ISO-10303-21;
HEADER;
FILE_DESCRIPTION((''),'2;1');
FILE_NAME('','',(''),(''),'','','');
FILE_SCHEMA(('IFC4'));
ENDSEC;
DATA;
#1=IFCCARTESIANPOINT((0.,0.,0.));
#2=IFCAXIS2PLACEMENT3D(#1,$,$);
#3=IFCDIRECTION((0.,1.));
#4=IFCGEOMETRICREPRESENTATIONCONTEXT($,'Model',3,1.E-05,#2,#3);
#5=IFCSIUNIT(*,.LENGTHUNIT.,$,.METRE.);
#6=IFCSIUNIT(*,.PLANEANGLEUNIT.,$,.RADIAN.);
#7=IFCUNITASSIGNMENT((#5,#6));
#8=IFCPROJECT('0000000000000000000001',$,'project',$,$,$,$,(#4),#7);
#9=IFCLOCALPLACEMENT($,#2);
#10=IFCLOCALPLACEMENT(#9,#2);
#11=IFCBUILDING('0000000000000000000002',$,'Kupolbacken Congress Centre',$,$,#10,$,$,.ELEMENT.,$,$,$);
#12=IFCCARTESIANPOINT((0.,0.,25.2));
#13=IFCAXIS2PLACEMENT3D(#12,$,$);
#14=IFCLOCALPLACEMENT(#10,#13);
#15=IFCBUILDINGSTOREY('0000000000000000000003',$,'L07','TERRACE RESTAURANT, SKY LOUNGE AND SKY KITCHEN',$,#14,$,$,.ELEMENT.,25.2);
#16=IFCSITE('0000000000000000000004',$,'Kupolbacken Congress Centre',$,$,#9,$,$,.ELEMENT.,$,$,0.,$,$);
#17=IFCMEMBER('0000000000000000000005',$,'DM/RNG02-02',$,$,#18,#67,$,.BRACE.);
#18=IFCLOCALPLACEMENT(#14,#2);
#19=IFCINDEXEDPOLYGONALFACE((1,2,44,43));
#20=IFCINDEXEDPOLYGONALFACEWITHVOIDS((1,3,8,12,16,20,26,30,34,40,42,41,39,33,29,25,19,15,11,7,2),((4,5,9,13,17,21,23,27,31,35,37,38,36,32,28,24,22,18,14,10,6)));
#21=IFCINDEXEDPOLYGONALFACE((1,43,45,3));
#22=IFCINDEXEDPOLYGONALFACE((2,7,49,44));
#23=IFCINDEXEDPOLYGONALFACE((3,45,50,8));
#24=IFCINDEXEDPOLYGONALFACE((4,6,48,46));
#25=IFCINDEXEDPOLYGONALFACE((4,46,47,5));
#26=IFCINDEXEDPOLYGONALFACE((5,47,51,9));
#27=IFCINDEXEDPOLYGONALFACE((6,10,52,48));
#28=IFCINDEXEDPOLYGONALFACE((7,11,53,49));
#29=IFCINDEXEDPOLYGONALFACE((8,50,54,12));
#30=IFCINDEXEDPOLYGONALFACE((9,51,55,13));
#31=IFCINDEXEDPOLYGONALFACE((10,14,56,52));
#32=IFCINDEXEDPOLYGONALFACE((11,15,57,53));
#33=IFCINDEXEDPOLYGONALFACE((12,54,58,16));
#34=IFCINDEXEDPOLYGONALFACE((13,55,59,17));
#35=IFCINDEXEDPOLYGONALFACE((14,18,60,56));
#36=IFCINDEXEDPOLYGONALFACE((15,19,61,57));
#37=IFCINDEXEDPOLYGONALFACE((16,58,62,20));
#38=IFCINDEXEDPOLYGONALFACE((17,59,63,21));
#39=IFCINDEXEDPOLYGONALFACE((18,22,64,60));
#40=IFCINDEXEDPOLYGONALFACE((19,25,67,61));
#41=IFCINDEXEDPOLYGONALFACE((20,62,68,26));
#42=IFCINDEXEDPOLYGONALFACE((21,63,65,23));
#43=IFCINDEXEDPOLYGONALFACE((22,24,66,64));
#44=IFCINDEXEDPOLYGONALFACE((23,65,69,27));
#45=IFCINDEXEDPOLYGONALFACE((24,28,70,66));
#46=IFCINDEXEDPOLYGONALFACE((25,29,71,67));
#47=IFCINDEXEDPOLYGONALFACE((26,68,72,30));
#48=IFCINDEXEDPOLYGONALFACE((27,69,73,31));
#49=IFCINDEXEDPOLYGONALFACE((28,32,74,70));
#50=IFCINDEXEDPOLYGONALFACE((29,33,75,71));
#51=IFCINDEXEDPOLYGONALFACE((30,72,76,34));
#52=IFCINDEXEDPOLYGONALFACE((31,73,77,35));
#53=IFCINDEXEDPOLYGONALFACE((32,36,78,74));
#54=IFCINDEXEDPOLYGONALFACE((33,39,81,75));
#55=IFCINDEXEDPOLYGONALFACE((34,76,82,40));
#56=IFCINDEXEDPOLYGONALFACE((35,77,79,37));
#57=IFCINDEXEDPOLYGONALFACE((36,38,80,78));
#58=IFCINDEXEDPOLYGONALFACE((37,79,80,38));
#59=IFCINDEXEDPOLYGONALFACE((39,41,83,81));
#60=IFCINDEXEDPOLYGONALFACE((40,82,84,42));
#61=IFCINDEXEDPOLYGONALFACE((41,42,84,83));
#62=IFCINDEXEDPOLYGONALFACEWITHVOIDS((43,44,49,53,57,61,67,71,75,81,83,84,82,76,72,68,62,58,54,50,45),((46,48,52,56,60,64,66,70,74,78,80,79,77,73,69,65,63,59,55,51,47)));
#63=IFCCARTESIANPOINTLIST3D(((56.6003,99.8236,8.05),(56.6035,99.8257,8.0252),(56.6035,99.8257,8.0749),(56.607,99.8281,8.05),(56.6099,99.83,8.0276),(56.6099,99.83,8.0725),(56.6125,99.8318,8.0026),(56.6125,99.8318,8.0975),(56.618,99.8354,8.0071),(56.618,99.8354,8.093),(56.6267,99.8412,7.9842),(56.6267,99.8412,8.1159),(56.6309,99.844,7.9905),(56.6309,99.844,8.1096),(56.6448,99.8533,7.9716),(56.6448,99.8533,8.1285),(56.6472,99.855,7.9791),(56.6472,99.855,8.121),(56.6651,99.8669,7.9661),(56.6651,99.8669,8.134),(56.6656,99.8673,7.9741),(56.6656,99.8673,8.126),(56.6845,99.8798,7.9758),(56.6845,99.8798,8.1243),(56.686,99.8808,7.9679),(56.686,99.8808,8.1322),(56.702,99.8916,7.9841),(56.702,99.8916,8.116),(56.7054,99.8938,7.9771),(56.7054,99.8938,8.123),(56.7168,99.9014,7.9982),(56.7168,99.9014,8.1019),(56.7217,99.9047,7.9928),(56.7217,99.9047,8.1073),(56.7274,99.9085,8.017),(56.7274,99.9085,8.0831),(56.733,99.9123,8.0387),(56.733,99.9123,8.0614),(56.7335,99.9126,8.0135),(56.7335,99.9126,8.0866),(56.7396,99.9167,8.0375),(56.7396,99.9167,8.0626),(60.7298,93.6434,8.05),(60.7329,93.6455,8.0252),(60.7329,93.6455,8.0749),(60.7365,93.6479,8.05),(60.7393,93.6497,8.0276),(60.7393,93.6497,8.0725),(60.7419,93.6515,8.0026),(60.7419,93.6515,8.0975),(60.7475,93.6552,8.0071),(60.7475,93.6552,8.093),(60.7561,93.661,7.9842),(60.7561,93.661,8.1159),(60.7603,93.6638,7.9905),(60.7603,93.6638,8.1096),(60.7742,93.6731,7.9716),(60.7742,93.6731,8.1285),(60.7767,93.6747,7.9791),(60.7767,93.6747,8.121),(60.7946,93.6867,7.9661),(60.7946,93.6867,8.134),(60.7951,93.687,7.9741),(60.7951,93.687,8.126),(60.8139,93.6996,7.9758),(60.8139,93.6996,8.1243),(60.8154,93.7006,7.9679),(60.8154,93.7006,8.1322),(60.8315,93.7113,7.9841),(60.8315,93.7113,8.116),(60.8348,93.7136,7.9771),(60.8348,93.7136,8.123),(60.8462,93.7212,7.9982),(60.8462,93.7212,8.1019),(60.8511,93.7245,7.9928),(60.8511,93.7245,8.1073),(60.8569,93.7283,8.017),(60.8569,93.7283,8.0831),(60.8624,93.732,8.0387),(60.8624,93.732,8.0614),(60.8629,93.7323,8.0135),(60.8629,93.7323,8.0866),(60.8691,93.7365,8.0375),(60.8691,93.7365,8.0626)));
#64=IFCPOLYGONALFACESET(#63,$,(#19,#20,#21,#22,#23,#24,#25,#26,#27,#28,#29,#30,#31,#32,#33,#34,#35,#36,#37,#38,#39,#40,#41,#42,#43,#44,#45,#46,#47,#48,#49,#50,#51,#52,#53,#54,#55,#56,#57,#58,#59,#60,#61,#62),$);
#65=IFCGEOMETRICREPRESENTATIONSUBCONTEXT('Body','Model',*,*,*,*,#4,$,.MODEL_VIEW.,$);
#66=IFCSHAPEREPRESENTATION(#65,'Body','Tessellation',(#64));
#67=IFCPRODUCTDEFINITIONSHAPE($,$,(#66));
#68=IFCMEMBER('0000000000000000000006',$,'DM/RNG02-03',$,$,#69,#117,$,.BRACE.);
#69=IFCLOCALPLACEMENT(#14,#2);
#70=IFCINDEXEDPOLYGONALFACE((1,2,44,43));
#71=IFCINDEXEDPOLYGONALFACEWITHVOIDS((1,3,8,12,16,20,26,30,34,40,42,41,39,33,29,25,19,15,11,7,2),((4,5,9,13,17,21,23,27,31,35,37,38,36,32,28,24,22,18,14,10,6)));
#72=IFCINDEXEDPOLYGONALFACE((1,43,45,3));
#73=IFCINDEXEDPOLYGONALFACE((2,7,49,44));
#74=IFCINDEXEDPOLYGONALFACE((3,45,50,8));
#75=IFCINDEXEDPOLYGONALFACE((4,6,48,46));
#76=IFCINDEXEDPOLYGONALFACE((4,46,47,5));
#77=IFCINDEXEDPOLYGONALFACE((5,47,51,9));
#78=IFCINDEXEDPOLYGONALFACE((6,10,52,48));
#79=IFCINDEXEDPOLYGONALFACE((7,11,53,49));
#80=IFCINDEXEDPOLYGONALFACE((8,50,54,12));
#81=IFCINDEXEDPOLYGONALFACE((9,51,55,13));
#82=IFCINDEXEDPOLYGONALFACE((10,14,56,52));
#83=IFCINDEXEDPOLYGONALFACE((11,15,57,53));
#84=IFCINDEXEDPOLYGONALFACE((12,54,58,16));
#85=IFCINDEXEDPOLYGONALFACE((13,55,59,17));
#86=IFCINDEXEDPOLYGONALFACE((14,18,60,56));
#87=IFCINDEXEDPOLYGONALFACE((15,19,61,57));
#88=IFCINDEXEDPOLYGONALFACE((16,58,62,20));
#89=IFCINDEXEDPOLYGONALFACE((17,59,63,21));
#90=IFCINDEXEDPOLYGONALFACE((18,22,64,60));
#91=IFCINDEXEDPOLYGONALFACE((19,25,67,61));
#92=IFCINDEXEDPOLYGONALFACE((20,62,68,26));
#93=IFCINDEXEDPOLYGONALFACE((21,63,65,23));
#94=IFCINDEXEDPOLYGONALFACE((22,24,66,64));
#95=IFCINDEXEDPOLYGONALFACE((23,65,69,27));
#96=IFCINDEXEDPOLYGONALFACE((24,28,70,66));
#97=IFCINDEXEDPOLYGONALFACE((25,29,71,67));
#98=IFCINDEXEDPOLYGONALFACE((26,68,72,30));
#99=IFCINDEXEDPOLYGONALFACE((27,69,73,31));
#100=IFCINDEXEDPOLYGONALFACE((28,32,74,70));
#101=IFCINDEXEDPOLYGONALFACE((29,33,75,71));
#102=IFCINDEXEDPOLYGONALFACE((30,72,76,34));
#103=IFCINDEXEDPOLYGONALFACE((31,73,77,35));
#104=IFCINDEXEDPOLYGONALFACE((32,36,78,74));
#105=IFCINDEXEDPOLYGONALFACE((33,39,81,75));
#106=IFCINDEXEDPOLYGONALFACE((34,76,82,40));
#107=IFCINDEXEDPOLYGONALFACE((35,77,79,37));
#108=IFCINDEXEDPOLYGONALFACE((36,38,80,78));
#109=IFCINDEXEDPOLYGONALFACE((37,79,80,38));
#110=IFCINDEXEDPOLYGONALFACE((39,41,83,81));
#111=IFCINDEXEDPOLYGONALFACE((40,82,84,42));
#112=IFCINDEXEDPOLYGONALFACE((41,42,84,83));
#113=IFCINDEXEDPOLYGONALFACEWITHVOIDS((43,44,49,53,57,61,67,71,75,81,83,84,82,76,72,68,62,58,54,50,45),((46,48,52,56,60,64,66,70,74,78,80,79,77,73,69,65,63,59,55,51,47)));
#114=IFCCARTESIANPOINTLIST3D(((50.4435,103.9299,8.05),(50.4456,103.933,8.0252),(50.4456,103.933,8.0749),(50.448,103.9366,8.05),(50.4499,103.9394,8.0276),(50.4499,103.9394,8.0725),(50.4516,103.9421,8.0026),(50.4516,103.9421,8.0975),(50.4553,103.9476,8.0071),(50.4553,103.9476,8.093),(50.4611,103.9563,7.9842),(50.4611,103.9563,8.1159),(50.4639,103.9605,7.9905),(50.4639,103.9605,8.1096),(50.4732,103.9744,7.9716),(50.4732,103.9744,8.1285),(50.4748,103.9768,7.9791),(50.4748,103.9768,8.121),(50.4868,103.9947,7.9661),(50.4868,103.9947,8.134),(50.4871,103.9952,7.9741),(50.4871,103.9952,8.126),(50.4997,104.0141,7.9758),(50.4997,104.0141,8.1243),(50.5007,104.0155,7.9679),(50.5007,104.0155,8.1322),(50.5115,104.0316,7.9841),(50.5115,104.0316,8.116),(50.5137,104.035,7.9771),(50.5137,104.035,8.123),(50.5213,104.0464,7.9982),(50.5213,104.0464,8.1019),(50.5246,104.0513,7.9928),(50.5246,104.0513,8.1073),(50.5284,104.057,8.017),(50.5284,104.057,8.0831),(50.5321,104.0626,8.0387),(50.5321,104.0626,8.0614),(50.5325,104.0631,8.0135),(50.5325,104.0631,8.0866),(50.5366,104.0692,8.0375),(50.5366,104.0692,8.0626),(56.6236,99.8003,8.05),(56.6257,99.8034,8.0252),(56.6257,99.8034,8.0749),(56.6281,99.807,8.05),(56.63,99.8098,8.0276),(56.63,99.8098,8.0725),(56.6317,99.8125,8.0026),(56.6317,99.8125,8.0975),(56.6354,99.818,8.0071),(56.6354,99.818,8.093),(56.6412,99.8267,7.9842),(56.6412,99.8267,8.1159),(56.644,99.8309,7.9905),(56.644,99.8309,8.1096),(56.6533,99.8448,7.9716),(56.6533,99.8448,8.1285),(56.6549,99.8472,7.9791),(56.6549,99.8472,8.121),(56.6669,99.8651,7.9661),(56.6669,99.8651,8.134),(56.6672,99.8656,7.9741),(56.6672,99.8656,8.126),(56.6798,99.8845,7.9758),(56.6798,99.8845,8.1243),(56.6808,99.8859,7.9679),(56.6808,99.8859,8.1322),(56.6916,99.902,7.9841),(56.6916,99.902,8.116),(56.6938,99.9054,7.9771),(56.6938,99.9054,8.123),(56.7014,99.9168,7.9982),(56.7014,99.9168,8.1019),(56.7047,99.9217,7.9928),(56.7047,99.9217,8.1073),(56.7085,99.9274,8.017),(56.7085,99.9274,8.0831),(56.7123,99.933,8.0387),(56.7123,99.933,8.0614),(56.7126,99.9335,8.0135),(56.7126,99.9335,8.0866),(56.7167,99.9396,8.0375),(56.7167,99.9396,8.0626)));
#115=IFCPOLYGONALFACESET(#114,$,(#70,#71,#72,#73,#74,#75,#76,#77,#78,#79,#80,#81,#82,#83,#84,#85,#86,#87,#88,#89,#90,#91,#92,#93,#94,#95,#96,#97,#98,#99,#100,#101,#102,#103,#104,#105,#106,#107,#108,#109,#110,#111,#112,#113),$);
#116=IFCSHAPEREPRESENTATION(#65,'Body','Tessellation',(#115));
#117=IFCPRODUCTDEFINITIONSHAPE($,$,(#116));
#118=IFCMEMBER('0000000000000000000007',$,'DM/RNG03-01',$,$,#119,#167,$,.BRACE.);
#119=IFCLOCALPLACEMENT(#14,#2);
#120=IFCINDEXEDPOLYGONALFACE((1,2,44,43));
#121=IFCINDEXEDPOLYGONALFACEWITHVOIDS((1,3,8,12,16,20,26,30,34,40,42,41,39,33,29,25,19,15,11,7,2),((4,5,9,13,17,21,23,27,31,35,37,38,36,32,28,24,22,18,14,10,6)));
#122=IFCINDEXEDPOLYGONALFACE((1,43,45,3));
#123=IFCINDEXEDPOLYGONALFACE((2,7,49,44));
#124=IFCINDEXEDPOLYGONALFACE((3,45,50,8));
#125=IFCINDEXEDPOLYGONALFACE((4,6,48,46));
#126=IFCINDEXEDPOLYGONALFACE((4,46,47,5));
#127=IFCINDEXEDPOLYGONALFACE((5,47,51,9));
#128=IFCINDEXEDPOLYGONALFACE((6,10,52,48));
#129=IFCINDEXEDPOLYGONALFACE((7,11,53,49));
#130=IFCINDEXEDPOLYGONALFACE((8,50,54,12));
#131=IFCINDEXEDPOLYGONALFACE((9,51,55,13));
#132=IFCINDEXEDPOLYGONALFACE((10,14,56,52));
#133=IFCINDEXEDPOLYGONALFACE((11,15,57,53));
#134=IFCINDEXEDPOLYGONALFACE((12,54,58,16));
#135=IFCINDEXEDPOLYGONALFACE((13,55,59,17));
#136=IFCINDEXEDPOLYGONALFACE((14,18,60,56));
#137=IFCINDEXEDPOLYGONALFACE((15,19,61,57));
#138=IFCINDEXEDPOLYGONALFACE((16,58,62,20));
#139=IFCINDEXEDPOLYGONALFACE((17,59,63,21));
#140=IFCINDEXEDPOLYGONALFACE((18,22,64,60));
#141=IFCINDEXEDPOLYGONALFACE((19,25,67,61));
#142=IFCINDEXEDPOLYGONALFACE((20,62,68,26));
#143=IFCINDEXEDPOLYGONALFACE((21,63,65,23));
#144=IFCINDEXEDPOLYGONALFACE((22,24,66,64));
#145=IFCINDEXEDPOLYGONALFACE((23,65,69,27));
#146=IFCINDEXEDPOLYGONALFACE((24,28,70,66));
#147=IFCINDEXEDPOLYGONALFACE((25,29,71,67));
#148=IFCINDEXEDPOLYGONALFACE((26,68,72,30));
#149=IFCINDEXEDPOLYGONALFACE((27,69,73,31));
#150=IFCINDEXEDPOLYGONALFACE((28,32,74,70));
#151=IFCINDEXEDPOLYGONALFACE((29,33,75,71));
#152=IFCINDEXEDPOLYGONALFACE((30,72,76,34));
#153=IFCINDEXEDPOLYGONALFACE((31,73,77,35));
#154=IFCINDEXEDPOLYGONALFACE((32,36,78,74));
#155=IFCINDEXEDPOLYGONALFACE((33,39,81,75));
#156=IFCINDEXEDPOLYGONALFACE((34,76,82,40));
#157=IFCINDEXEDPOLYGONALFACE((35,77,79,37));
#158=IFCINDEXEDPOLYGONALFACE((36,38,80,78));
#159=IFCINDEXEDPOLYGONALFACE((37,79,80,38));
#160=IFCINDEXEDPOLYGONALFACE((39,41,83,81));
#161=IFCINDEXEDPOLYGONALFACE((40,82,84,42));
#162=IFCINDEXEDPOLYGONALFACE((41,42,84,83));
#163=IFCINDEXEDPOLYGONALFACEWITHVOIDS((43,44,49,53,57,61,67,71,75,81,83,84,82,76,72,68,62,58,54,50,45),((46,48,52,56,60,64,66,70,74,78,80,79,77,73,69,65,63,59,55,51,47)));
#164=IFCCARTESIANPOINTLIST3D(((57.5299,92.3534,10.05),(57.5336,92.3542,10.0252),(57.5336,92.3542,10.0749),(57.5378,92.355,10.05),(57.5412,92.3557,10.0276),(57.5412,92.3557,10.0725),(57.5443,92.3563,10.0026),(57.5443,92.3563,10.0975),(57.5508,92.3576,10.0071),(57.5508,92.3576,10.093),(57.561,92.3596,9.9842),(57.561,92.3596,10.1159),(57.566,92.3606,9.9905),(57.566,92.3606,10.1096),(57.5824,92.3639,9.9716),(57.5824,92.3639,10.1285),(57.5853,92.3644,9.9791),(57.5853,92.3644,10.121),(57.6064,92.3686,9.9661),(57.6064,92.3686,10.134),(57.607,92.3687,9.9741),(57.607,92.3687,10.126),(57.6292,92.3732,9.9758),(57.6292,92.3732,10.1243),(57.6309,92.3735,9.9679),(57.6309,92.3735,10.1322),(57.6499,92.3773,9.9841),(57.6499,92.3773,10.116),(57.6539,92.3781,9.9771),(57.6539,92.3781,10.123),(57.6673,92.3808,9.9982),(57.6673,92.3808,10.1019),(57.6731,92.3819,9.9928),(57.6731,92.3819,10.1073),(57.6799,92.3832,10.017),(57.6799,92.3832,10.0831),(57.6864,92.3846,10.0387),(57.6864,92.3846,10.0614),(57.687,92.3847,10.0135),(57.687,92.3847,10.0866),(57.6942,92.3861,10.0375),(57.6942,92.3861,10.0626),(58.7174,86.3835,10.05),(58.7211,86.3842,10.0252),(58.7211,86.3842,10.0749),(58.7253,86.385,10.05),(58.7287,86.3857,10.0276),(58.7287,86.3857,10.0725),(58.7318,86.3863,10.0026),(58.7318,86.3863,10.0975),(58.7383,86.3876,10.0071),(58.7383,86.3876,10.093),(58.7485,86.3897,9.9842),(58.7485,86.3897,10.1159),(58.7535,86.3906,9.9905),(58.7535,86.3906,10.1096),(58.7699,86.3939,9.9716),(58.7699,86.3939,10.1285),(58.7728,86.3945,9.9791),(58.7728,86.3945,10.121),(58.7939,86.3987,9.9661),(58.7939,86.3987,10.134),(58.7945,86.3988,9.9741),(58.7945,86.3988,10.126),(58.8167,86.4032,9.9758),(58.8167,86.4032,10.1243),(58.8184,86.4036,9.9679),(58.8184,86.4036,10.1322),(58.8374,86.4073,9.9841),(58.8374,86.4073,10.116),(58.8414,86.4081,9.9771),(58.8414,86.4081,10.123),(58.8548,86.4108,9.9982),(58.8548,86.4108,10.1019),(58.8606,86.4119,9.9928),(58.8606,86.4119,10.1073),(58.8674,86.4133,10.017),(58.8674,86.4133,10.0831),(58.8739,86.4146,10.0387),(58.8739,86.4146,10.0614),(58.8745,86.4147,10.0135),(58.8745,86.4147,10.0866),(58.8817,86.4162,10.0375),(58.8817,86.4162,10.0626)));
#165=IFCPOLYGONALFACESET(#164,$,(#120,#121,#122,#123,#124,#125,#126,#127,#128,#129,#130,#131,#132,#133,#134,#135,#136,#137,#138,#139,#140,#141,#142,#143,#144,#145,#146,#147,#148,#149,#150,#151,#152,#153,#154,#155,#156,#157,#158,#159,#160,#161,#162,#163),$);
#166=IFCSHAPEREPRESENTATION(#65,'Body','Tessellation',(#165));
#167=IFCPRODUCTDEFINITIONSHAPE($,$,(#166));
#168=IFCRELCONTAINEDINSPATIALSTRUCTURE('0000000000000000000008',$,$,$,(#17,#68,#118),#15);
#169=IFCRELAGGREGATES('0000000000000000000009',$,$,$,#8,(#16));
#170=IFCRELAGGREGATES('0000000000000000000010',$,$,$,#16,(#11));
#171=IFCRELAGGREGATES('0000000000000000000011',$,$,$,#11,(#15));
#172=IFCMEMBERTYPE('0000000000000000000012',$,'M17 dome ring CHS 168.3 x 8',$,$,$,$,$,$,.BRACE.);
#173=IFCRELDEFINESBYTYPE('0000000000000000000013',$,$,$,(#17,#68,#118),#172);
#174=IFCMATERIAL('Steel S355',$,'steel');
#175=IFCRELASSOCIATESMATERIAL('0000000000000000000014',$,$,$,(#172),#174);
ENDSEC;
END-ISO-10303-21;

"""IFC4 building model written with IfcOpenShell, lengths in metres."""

from ifc_helpers import new_model, si_unit, direction, frame, origin, origin_2d, place, context, subcontext, project, spatial, hollow_circle, extrude, material, material_profile, profile_set, type_object, element, save


model = new_model("IFC4")

# Units and contexts
model_context = context("Model", 3, precision=1e-05, world=origin(), true_north=direction((0.0, 1.0)))
body_context = subcontext(model_context, "Body", "Model", "MODEL_VIEW")
ifc_project = project(units=[si_unit("LENGTHUNIT", "METRE"), si_unit("PLANEANGLEUNIT", "RADIAN")], contexts=[model_context])

# Site, building, storey
site_placement = place(None, origin())
site = spatial("IfcSite", under=ifc_project, at=site_placement, Name="Kupolbacken Congress Centre", CompositionType="ELEMENT", RefElevation=0.0)
building_placement = place(site_placement, origin())
building = spatial("IfcBuilding", under=site, at=building_placement, Name="Kupolbacken Congress Centre", CompositionType="ELEMENT")
storey_placement = place(building_placement, frame((0.0, 0.0, 25.2)))
storey = spatial("IfcBuildingStorey", under=building, at=storey_placement, Name="L07", Description="TERRACE RESTAURANT, SKY LOUNGE AND SKY KITCHEN", CompositionType="ELEMENT", Elevation=25.2)

# Members
ifc_material_1 = material(Name="Steel S355", Category="steel")
ifc_material_profile_1 = material_profile(ifc_material_1, hollow_circle(Radius=0.0842, WallThickness=0.0081, at=origin_2d()), Name="CHS 168.3 x 8")
ifc_profile_set_1 = profile_set([ifc_material_profile_1], Name="Steel S355")
member_type_1 = type_object("IfcMemberType", Name="M17 dome ring CHS 168.3 x 8", PredefinedType="BRACE", material=ifc_profile_set_1)
for number, where, z_axis, x_axis, name in (
    (1, (60.7998, 93.6902, 8.05), (-0.555564, 0.831474, 0.0), (-0.831474, -0.555564, 0.0), "DM/RNG02-02"),
    (2, (56.6704, 99.8704, 8.05), (-0.831459, 0.555587, 0.0), (-0.555587, -0.831459, 0.0), "DM/RNG02-03"),
):
    element("IfcMember", number, at=place(storey_placement, frame(where, z_axis=z_axis, x_axis=x_axis)), inside=storey, type_object=member_type_1, Name=name, PredefinedType="BRACE", context=body_context, shape_type="SweptSolid", body=[
        extrude(hollow_circle(Radius=0.0842, WallThickness=0.0081, at=origin_2d()), origin(), (0.0, 0.0, 1.0), 7.4329),
    ])
for number, where, z_axis, x_axis, name in (
    (3, (58.8, 86.3999, 10.05), (-0.19509, 0.980785, 0.0), (-0.980785, -0.19509, 0.0), "DM/RNG03-01"),
):
    element("IfcMember", number, at=place(storey_placement, frame(where, z_axis=z_axis, x_axis=x_axis)), inside=storey, type_object=member_type_1, Name=name, PredefinedType="BRACE", context=body_context, shape_type="SweptSolid", body=[
        extrude(hollow_circle(Radius=0.0842, WallThickness=0.0081, at=origin_2d()), origin(), (0.0, 0.0, 1.0), 6.0869),
    ])

save(model, "model.ifc")
